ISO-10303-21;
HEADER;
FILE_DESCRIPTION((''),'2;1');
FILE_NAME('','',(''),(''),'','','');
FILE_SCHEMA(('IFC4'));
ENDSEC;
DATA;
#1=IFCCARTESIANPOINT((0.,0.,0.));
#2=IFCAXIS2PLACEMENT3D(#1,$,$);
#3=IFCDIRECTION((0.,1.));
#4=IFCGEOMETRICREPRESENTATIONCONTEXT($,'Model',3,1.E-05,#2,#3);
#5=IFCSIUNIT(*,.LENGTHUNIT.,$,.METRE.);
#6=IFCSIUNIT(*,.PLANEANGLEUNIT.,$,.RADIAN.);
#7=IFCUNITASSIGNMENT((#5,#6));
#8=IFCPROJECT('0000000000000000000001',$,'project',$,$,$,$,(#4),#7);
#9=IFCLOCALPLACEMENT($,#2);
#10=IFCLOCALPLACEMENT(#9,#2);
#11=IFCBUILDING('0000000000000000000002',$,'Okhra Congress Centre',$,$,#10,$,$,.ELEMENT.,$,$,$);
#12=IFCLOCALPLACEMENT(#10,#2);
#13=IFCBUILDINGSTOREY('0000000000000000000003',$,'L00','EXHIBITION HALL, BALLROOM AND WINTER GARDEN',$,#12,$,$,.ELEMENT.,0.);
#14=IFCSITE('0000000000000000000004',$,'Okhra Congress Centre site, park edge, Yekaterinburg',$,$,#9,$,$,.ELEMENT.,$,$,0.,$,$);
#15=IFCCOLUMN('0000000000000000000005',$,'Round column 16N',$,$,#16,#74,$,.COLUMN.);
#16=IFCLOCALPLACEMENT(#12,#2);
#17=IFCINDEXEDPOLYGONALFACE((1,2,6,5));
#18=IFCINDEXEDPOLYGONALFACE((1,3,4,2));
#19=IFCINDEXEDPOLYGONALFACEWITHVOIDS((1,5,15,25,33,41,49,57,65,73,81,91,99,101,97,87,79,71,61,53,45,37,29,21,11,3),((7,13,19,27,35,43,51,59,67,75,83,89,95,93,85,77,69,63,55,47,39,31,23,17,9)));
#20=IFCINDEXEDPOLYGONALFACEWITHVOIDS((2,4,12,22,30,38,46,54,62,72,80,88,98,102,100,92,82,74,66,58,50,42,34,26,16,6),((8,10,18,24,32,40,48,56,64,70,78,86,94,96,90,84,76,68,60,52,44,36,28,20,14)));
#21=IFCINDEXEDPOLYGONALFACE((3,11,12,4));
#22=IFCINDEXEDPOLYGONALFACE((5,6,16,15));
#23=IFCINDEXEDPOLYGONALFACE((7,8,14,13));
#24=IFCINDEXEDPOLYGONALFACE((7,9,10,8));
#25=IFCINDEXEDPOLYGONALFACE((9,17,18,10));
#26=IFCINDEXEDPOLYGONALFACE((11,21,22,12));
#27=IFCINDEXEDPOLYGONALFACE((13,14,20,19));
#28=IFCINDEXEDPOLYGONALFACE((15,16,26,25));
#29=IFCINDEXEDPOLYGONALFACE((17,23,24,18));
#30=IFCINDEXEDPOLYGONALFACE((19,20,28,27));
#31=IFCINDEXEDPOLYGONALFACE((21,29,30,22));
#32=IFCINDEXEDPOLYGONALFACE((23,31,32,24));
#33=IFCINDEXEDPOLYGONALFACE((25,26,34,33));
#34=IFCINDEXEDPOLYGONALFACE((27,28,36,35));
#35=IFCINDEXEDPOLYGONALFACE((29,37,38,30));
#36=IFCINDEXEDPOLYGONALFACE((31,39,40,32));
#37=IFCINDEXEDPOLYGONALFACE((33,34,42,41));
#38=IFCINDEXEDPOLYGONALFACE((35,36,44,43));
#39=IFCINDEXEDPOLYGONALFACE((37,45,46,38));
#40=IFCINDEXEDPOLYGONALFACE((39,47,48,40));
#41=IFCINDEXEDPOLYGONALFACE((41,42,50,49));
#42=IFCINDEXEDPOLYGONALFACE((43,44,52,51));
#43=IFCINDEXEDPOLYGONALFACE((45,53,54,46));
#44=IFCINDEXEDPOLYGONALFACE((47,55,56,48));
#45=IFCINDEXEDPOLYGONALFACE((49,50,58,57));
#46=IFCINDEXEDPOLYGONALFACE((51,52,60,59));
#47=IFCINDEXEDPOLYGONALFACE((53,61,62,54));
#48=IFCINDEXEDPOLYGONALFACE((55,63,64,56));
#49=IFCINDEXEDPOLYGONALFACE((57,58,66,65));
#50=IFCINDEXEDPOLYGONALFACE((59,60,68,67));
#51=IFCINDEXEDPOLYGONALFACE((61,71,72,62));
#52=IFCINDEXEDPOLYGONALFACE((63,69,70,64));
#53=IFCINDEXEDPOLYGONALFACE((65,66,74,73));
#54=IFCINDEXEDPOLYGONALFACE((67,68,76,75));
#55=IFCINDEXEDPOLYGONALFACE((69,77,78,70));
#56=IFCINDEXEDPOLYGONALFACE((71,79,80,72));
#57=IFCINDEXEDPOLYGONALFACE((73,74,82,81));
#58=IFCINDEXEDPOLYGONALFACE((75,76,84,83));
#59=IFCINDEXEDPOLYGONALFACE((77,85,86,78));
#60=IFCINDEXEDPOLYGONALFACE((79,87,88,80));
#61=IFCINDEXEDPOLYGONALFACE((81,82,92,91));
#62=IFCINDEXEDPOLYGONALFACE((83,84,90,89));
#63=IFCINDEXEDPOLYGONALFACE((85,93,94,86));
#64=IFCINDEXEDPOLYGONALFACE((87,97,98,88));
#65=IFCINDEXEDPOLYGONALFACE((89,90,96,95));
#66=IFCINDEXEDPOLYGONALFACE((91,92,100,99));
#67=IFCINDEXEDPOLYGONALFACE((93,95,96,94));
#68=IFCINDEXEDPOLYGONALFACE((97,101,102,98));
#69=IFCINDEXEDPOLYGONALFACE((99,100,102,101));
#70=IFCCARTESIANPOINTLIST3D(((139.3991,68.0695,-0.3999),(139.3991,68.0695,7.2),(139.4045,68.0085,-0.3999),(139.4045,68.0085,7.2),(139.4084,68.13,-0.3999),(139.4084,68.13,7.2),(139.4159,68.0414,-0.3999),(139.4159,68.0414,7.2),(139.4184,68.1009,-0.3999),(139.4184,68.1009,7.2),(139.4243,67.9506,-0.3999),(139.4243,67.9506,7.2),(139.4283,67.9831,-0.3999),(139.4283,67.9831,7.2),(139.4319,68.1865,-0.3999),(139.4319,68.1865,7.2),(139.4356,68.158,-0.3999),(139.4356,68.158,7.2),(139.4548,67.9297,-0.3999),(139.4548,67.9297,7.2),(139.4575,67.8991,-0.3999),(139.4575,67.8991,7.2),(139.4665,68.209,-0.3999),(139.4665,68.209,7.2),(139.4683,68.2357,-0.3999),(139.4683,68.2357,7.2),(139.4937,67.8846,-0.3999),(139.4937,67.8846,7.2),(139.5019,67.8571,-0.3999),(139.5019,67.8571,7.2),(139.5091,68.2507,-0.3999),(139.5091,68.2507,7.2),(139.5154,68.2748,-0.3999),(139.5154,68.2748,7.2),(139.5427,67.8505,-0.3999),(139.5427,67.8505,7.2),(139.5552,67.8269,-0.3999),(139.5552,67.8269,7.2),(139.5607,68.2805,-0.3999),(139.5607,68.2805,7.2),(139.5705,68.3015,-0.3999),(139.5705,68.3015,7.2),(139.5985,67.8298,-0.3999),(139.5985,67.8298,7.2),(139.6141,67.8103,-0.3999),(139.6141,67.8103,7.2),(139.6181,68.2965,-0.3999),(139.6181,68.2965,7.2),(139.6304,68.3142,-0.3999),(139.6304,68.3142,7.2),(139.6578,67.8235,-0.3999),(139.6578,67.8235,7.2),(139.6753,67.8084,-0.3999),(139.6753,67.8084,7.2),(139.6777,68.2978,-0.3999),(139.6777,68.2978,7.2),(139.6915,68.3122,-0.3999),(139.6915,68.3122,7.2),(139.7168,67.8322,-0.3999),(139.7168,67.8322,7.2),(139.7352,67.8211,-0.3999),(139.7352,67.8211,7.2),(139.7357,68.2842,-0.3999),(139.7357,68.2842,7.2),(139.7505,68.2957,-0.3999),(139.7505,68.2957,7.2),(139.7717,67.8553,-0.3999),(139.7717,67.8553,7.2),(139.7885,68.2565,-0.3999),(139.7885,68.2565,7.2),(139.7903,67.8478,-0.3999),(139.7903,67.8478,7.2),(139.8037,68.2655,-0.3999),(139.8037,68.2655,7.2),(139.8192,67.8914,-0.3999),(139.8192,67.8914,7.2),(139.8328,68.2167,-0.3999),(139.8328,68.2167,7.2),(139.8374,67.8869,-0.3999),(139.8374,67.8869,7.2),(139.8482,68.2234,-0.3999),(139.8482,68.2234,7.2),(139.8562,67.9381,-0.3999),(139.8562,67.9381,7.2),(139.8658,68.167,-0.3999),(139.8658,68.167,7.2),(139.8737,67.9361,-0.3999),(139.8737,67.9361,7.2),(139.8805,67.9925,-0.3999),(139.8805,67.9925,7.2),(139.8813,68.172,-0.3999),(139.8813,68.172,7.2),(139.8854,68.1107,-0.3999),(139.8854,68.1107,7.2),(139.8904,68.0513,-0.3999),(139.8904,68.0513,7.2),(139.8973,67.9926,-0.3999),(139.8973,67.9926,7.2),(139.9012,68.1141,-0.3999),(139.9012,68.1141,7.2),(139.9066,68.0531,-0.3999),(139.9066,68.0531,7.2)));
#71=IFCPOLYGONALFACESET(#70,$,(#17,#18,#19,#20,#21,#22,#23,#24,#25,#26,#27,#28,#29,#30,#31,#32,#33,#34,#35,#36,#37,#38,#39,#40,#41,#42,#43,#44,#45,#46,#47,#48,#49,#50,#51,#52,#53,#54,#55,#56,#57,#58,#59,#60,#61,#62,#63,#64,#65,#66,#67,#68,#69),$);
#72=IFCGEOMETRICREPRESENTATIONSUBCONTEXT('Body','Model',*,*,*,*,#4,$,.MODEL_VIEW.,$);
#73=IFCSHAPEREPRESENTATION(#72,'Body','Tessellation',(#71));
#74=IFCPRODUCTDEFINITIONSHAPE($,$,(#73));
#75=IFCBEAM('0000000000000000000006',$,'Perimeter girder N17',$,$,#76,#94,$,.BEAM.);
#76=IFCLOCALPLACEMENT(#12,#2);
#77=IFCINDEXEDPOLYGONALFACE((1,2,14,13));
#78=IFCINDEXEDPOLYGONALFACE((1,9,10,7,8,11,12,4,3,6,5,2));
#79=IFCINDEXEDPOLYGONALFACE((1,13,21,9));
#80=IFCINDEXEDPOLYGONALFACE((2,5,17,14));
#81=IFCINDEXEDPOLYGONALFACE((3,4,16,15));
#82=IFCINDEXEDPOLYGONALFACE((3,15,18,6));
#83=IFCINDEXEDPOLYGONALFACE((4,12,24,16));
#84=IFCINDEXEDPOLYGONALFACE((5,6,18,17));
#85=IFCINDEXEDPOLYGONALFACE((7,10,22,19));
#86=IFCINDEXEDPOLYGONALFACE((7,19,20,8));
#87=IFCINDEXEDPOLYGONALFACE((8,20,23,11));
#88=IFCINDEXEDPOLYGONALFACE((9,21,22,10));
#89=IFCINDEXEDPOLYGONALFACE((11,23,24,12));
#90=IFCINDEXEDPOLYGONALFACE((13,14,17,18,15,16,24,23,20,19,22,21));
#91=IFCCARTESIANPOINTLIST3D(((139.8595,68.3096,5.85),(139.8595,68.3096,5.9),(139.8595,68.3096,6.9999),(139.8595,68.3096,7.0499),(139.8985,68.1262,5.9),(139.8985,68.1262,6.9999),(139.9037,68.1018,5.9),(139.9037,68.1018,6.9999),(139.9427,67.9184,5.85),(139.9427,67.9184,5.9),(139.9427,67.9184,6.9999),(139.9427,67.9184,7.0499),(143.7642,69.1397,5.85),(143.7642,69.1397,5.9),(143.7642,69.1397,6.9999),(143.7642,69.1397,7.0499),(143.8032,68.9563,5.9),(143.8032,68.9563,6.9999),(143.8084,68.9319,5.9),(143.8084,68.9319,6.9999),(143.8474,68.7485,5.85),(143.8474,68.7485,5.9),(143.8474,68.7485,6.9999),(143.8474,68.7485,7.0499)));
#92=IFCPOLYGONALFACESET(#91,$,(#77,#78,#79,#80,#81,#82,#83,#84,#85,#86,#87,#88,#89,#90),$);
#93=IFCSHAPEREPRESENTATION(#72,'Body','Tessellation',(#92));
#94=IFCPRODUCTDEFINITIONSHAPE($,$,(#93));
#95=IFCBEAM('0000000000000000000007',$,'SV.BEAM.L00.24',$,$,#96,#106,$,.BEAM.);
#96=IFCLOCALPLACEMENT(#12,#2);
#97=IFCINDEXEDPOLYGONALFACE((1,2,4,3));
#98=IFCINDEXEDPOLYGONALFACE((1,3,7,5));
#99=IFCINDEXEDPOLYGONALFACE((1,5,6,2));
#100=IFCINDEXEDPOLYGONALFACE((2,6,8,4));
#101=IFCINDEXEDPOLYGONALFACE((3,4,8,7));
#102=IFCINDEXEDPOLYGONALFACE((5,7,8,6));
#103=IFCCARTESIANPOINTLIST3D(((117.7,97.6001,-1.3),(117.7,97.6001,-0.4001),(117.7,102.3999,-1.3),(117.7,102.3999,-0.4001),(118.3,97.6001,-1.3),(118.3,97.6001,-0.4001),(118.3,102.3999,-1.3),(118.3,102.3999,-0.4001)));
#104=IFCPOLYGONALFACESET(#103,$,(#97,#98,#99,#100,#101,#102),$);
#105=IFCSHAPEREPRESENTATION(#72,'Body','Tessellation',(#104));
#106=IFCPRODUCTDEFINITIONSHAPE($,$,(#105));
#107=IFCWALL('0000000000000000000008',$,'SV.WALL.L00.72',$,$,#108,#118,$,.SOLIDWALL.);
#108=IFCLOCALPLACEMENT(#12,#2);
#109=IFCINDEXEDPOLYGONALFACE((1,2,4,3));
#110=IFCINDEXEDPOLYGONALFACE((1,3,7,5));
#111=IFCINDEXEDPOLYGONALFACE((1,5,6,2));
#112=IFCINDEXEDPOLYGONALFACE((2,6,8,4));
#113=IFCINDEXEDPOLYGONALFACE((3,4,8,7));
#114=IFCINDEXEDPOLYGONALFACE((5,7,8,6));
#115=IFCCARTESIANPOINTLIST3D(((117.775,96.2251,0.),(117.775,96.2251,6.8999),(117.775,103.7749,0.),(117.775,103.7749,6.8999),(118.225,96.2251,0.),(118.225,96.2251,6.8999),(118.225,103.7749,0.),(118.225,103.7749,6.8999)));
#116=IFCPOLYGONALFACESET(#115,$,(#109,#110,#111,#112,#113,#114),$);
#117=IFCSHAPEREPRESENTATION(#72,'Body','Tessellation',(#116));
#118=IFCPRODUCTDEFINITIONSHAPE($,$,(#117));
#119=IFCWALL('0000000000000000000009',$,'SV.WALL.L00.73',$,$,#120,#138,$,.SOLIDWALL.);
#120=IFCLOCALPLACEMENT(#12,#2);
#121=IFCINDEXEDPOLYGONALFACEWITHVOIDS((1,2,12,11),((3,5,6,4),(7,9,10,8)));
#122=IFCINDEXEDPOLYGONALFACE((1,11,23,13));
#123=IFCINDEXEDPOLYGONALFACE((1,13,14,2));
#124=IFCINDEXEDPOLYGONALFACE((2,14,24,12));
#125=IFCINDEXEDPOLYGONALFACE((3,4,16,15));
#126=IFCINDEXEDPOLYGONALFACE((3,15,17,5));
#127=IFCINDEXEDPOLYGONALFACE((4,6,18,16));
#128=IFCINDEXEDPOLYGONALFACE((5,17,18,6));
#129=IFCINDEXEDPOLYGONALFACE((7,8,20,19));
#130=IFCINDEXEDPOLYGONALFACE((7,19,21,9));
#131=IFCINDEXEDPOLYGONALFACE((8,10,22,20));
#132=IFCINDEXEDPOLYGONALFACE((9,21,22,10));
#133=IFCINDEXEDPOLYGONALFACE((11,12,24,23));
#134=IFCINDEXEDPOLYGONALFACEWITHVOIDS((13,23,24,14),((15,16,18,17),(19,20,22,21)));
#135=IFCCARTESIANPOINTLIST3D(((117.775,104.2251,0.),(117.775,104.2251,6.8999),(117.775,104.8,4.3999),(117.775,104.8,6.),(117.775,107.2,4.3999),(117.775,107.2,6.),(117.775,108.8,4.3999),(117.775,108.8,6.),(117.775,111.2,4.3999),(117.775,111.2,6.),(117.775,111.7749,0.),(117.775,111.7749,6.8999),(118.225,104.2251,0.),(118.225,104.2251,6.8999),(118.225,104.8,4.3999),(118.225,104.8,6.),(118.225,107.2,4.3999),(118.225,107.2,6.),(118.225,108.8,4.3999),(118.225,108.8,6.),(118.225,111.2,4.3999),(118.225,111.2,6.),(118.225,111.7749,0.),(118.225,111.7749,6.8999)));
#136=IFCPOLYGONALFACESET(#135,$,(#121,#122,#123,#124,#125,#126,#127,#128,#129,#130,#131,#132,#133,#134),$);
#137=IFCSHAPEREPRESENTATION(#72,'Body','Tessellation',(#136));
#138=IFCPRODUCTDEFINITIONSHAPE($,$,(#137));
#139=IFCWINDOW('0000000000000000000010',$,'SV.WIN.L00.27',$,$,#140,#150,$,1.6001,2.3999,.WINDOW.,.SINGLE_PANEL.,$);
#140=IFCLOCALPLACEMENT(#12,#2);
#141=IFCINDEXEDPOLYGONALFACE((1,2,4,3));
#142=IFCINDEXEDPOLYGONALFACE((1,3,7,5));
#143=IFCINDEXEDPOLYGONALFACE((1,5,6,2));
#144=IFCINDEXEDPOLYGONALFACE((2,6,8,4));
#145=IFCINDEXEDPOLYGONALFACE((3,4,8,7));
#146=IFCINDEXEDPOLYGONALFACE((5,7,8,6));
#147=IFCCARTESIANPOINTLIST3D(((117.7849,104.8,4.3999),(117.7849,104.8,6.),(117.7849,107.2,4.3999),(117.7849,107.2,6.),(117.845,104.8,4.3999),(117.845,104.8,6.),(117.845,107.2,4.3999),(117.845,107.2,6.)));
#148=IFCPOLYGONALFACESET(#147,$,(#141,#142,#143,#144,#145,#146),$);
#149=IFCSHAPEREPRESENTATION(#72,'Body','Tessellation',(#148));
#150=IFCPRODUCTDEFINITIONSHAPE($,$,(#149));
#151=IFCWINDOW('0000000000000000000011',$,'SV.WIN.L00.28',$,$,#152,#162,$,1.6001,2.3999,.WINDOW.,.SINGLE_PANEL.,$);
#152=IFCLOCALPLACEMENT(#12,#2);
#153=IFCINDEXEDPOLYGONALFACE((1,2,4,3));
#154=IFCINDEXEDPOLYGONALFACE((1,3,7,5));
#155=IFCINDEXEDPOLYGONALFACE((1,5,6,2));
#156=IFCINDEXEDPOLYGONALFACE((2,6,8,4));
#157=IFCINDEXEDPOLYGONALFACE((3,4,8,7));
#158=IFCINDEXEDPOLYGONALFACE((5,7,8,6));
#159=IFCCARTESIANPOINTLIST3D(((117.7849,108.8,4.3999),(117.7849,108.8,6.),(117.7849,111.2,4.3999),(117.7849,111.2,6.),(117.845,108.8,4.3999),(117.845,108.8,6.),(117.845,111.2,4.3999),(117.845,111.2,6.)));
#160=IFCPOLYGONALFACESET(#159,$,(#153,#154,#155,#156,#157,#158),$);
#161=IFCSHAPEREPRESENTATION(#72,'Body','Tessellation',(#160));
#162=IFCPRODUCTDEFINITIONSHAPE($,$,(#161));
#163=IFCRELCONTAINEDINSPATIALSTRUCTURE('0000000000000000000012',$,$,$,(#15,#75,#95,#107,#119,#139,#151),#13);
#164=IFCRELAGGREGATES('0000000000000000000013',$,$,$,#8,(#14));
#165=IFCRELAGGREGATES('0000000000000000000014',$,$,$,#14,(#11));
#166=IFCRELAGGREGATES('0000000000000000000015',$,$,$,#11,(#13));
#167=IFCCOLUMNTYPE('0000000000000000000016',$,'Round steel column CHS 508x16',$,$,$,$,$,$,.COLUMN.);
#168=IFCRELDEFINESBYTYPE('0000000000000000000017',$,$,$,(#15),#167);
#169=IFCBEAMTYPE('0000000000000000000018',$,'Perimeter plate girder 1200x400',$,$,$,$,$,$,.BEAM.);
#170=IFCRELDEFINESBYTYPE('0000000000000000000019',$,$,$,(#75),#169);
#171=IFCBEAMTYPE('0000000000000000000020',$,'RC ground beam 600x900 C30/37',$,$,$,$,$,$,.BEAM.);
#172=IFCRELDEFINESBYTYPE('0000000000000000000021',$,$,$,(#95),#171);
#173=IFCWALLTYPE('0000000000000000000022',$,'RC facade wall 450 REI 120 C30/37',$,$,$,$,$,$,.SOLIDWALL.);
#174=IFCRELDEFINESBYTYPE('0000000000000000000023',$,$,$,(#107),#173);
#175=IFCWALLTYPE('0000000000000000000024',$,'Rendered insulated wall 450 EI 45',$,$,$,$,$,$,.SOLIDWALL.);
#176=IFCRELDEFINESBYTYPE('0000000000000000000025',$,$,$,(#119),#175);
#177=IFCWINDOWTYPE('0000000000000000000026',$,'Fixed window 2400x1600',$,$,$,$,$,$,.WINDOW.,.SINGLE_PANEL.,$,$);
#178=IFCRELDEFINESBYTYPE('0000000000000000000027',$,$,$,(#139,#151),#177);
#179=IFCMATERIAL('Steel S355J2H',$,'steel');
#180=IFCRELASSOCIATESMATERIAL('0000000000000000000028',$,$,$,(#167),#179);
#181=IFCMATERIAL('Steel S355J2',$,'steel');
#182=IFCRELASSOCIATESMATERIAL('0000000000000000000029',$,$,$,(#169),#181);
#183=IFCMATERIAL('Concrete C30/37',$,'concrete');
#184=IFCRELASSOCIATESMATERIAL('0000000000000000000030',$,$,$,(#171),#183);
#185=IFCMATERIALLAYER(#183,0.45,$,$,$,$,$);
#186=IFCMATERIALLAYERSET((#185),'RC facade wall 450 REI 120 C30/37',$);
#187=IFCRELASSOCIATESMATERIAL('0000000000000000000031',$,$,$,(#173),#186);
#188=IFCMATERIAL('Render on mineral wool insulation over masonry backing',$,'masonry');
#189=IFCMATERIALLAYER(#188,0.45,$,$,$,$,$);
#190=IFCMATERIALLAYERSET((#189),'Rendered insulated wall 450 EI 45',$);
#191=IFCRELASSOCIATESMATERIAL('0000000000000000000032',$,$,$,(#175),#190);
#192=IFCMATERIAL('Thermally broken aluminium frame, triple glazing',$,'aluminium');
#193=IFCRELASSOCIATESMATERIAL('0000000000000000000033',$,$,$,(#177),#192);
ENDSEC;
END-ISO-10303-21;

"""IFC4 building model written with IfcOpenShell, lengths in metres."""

from ifc_helpers import new_model, si_unit, direction, frame, frame_2d, origin, origin_2d, place, context, subcontext, project, spatial, rectangle, hollow_circle, i_section, extrude, material, layer, layer_set, material_profile, profile_set, type_object, element, fill, save


model = new_model("IFC4")

# Units and contexts
model_context = context("Model", 3, precision=1e-05, world=origin(), true_north=direction((0.0, 1.0)))
body_context = subcontext(model_context, "Body", "Model", "MODEL_VIEW")
ifc_project = project(units=[si_unit("LENGTHUNIT", "METRE"), si_unit("PLANEANGLEUNIT", "RADIAN")], contexts=[model_context])

# Site, building, storey
site_placement = place(None, origin())
site = spatial("IfcSite", under=ifc_project, at=site_placement, Name="Okhra Congress Centre site, park edge, Yekaterinburg", CompositionType="ELEMENT", RefElevation=0.0)
building_placement = place(site_placement, origin())
building = spatial("IfcBuilding", under=site, at=building_placement, Name="Okhra Congress Centre", CompositionType="ELEMENT")
storey_placement = place(building_placement, origin())
storey = spatial("IfcBuildingStorey", under=building, at=storey_placement, Name="L00", Description="EXHIBITION HALL, BALLROOM AND WINTER GARDEN", CompositionType="ELEMENT", Elevation=0.0)

# Shared definitions
ifc_material_1 = material(Name="Concrete C30/37", Category="concrete")

# Column
ifc_material_2 = material(Name="Steel S355J2H", Category="steel")
ifc_material_profile_1 = material_profile(ifc_material_2, hollow_circle(Radius=0.2539, WallThickness=0.0161, at=origin_2d()), Name="CHS 508x16")
ifc_profile_set_1 = profile_set([ifc_material_profile_1], Name="Steel S355J2H")
column_type_1 = type_object("IfcColumnType", Name="Round steel column CHS 508x16", PredefinedType="COLUMN", material=ifc_profile_set_1)
column_placement = place(storey_placement, frame((139.6528, 68.0613, -0.3999), z_axis=(0.0, 0.0, 1.0), x_axis=(0.978148, 0.207912, 0.0)))
element("IfcColumn", 1, at=column_placement, inside=storey, type_object=column_type_1, Name="Round column 16N", PredefinedType="COLUMN", context=body_context, shape_type="SweptSolid", body=[
    extrude(hollow_circle(Radius=0.2539, WallThickness=0.0161, at=origin_2d()), origin(), (0.0, 0.0, 1.0), 7.5999),
])

# Beams
ifc_material_3 = material(Name="Steel S355J2", Category="steel")
ifc_material_profile_2 = material_profile(ifc_material_3, i_section(OverallWidth=0.3999, OverallDepth=1.2, WebThickness=0.0249, FlangeThickness=0.05, at=origin_2d()), Name="Plate girder 1200x400")
ifc_profile_set_2 = profile_set([ifc_material_profile_2], Name="Steel S355J2")
beam_type_1 = type_object("IfcBeamType", Name="Perimeter plate girder 1200x400", PredefinedType="BEAM", material=ifc_profile_set_2)
beam_1_placement = place(storey_placement, frame((139.9011, 68.114, 6.45), z_axis=(0.978143, 0.207933, 0.0), x_axis=(-0.207933, 0.978143, 0.0)))
element("IfcBeam", 2, at=beam_1_placement, inside=storey, type_object=beam_type_1, Name="Perimeter girder N17", PredefinedType="BEAM", context=body_context, shape_type="SweptSolid", body=[
    extrude(i_section(OverallWidth=0.3999, OverallDepth=1.2, WebThickness=0.0249, FlangeThickness=0.05, at=origin_2d()), origin(), (0.0, 0.0, 1.0), 3.9919),
])
ifc_material_profile_3 = material_profile(ifc_material_1, rectangle(XDim=0.6001, YDim=0.8999, at=origin_2d()), Name="RC 600x900")
ifc_profile_set_3 = profile_set([ifc_material_profile_3], Name="Concrete C30/37")
beam_type_2 = type_object("IfcBeamType", Name="RC ground beam 600x900 C30/37", PredefinedType="BEAM", material=ifc_profile_set_3)
beam_2_placement = place(storey_placement, frame((118.0, 97.6001, -0.8501), z_axis=(0.0, 1.0, 0.0), x_axis=(-1.0, 0.0, 0.0)))
element("IfcBeam", 3, at=beam_2_placement, inside=storey, type_object=beam_type_2, Name="SV.BEAM.L00.24", PredefinedType="BEAM", context=body_context, shape_type="SweptSolid", body=[
    extrude(rectangle(XDim=0.6001, YDim=0.8999, at=origin_2d()), origin(), (0.0, 0.0, 1.0), 4.7998),
])

# Wall
ifc_layer_1 = layer(ifc_material_1, 0.45)
ifc_layer_set_1 = layer_set([ifc_layer_1], Name="RC facade wall 450 REI 120 C30/37")
wall_type_1 = type_object("IfcWallType", Name="RC facade wall 450 REI 120 C30/37", PredefinedType="SOLIDWALL", material=ifc_layer_set_1)
wall_1_placement = place(storey_placement, frame((118.0, 96.2251, 0.0), z_axis=(0.0, 0.0, 1.0), x_axis=(0.0, 1.0, 0.0)))
element("IfcWall", 4, at=wall_1_placement, inside=storey, type_object=wall_type_1, Name="SV.WALL.L00.72", PredefinedType="SOLIDWALL", context=body_context, shape_type="SweptSolid", body=[
    extrude(rectangle(XDim=7.5498, YDim=0.45, at=frame_2d((3.7749, 0.0))), origin(), (0.0, 0.0, 1.0), 6.8999),
])

# Wall, openings, windows
ifc_material_4 = material(Name="Render on mineral wool insulation over masonry backing", Category="masonry")
ifc_layer_2 = layer(ifc_material_4, 0.45)
ifc_layer_set_2 = layer_set([ifc_layer_2], Name="Rendered insulated wall 450 EI 45")
wall_type_2 = type_object("IfcWallType", Name="Rendered insulated wall 450 EI 45", PredefinedType="SOLIDWALL", material=ifc_layer_set_2)
wall_2_placement = place(storey_placement, frame((118.0, 104.2251, 0.0), z_axis=(0.0, 0.0, 1.0), x_axis=(0.0, 1.0, 0.0)))
wall_2 = element("IfcWall", 5, at=wall_2_placement, inside=storey, type_object=wall_type_2, Name="SV.WALL.L00.73", PredefinedType="SOLIDWALL", context=body_context, shape_type="SweptSolid", body=[
    extrude(rectangle(XDim=7.5498, YDim=0.45, at=frame_2d((3.7749, 0.0))), origin(), (0.0, 0.0, 1.0), 6.8999),
])
opening_1_placement = place(wall_2_placement, frame((0.575, 0.0, 4.3999)))
opening_1 = element("IfcOpeningElement", 6, at=opening_1_placement, cuts=wall_2, PredefinedType="OPENING", context=body_context, shape_type="SweptSolid", body=[
    extrude(rectangle(XDim=2.3999, YDim=1.6001, at=frame_2d((1.2, 0.8))), frame((0.0, 0.2349, 0.0), z_axis=(0.0, -1.0, 0.0), x_axis=(1.0, 0.0, 0.0)), (0.0, 0.0, 1.0), 0.47),
])
opening_2_placement = place(wall_2_placement, frame((4.575, 0.0, 4.3999)))
opening_2 = element("IfcOpeningElement", 7, at=opening_2_placement, cuts=wall_2, PredefinedType="OPENING", context=body_context, shape_type="SweptSolid", body=[
    extrude(rectangle(XDim=2.3999, YDim=1.6001, at=frame_2d((1.2, 0.8))), frame((0.0, 0.2349, 0.0), z_axis=(0.0, -1.0, 0.0), x_axis=(1.0, 0.0, 0.0)), (0.0, 0.0, 1.0), 0.47),
])
ifc_material_5 = material(Name="Thermally broken aluminium frame, triple glazing", Category="aluminium")
window_type = type_object("IfcWindowType", Name="Fixed window 2400x1600", PartitioningType="SINGLE_PANEL", PredefinedType="WINDOW", material=ifc_material_5)
window_1_placement = place(opening_1_placement, origin())
window_1 = element("IfcWindow", 8, at=window_1_placement, inside=storey, type_object=window_type, Name="SV.WIN.L00.27", OverallHeight=1.6001, OverallWidth=2.3999, PartitioningType="SINGLE_PANEL", PredefinedType="WINDOW", context=body_context, shape_type="SweptSolid", body=[
    extrude(rectangle(XDim=2.3999, YDim=1.6001, at=frame_2d((1.2, 0.8))), frame((0.0, 0.2151, 0.0), z_axis=(0.0, -1.0, 0.0), x_axis=(1.0, 0.0, 0.0)), (0.0, 0.0, 1.0), 0.0601),
])
fill(opening_1, window_1)
window_2_placement = place(opening_2_placement, origin())
window_2 = element("IfcWindow", 9, at=window_2_placement, inside=storey, type_object=window_type, Name="SV.WIN.L00.28", OverallHeight=1.6001, OverallWidth=2.3999, PartitioningType="SINGLE_PANEL", PredefinedType="WINDOW", context=body_context, shape_type="SweptSolid", body=[
    extrude(rectangle(XDim=2.3999, YDim=1.6001, at=frame_2d((1.2, 0.8))), frame((0.0, 0.2151, 0.0), z_axis=(0.0, -1.0, 0.0), x_axis=(1.0, 0.0, 0.0)), (0.0, 0.0, 1.0), 0.0601),
])
fill(opening_2, window_2)

save(model, "model.ifc")
